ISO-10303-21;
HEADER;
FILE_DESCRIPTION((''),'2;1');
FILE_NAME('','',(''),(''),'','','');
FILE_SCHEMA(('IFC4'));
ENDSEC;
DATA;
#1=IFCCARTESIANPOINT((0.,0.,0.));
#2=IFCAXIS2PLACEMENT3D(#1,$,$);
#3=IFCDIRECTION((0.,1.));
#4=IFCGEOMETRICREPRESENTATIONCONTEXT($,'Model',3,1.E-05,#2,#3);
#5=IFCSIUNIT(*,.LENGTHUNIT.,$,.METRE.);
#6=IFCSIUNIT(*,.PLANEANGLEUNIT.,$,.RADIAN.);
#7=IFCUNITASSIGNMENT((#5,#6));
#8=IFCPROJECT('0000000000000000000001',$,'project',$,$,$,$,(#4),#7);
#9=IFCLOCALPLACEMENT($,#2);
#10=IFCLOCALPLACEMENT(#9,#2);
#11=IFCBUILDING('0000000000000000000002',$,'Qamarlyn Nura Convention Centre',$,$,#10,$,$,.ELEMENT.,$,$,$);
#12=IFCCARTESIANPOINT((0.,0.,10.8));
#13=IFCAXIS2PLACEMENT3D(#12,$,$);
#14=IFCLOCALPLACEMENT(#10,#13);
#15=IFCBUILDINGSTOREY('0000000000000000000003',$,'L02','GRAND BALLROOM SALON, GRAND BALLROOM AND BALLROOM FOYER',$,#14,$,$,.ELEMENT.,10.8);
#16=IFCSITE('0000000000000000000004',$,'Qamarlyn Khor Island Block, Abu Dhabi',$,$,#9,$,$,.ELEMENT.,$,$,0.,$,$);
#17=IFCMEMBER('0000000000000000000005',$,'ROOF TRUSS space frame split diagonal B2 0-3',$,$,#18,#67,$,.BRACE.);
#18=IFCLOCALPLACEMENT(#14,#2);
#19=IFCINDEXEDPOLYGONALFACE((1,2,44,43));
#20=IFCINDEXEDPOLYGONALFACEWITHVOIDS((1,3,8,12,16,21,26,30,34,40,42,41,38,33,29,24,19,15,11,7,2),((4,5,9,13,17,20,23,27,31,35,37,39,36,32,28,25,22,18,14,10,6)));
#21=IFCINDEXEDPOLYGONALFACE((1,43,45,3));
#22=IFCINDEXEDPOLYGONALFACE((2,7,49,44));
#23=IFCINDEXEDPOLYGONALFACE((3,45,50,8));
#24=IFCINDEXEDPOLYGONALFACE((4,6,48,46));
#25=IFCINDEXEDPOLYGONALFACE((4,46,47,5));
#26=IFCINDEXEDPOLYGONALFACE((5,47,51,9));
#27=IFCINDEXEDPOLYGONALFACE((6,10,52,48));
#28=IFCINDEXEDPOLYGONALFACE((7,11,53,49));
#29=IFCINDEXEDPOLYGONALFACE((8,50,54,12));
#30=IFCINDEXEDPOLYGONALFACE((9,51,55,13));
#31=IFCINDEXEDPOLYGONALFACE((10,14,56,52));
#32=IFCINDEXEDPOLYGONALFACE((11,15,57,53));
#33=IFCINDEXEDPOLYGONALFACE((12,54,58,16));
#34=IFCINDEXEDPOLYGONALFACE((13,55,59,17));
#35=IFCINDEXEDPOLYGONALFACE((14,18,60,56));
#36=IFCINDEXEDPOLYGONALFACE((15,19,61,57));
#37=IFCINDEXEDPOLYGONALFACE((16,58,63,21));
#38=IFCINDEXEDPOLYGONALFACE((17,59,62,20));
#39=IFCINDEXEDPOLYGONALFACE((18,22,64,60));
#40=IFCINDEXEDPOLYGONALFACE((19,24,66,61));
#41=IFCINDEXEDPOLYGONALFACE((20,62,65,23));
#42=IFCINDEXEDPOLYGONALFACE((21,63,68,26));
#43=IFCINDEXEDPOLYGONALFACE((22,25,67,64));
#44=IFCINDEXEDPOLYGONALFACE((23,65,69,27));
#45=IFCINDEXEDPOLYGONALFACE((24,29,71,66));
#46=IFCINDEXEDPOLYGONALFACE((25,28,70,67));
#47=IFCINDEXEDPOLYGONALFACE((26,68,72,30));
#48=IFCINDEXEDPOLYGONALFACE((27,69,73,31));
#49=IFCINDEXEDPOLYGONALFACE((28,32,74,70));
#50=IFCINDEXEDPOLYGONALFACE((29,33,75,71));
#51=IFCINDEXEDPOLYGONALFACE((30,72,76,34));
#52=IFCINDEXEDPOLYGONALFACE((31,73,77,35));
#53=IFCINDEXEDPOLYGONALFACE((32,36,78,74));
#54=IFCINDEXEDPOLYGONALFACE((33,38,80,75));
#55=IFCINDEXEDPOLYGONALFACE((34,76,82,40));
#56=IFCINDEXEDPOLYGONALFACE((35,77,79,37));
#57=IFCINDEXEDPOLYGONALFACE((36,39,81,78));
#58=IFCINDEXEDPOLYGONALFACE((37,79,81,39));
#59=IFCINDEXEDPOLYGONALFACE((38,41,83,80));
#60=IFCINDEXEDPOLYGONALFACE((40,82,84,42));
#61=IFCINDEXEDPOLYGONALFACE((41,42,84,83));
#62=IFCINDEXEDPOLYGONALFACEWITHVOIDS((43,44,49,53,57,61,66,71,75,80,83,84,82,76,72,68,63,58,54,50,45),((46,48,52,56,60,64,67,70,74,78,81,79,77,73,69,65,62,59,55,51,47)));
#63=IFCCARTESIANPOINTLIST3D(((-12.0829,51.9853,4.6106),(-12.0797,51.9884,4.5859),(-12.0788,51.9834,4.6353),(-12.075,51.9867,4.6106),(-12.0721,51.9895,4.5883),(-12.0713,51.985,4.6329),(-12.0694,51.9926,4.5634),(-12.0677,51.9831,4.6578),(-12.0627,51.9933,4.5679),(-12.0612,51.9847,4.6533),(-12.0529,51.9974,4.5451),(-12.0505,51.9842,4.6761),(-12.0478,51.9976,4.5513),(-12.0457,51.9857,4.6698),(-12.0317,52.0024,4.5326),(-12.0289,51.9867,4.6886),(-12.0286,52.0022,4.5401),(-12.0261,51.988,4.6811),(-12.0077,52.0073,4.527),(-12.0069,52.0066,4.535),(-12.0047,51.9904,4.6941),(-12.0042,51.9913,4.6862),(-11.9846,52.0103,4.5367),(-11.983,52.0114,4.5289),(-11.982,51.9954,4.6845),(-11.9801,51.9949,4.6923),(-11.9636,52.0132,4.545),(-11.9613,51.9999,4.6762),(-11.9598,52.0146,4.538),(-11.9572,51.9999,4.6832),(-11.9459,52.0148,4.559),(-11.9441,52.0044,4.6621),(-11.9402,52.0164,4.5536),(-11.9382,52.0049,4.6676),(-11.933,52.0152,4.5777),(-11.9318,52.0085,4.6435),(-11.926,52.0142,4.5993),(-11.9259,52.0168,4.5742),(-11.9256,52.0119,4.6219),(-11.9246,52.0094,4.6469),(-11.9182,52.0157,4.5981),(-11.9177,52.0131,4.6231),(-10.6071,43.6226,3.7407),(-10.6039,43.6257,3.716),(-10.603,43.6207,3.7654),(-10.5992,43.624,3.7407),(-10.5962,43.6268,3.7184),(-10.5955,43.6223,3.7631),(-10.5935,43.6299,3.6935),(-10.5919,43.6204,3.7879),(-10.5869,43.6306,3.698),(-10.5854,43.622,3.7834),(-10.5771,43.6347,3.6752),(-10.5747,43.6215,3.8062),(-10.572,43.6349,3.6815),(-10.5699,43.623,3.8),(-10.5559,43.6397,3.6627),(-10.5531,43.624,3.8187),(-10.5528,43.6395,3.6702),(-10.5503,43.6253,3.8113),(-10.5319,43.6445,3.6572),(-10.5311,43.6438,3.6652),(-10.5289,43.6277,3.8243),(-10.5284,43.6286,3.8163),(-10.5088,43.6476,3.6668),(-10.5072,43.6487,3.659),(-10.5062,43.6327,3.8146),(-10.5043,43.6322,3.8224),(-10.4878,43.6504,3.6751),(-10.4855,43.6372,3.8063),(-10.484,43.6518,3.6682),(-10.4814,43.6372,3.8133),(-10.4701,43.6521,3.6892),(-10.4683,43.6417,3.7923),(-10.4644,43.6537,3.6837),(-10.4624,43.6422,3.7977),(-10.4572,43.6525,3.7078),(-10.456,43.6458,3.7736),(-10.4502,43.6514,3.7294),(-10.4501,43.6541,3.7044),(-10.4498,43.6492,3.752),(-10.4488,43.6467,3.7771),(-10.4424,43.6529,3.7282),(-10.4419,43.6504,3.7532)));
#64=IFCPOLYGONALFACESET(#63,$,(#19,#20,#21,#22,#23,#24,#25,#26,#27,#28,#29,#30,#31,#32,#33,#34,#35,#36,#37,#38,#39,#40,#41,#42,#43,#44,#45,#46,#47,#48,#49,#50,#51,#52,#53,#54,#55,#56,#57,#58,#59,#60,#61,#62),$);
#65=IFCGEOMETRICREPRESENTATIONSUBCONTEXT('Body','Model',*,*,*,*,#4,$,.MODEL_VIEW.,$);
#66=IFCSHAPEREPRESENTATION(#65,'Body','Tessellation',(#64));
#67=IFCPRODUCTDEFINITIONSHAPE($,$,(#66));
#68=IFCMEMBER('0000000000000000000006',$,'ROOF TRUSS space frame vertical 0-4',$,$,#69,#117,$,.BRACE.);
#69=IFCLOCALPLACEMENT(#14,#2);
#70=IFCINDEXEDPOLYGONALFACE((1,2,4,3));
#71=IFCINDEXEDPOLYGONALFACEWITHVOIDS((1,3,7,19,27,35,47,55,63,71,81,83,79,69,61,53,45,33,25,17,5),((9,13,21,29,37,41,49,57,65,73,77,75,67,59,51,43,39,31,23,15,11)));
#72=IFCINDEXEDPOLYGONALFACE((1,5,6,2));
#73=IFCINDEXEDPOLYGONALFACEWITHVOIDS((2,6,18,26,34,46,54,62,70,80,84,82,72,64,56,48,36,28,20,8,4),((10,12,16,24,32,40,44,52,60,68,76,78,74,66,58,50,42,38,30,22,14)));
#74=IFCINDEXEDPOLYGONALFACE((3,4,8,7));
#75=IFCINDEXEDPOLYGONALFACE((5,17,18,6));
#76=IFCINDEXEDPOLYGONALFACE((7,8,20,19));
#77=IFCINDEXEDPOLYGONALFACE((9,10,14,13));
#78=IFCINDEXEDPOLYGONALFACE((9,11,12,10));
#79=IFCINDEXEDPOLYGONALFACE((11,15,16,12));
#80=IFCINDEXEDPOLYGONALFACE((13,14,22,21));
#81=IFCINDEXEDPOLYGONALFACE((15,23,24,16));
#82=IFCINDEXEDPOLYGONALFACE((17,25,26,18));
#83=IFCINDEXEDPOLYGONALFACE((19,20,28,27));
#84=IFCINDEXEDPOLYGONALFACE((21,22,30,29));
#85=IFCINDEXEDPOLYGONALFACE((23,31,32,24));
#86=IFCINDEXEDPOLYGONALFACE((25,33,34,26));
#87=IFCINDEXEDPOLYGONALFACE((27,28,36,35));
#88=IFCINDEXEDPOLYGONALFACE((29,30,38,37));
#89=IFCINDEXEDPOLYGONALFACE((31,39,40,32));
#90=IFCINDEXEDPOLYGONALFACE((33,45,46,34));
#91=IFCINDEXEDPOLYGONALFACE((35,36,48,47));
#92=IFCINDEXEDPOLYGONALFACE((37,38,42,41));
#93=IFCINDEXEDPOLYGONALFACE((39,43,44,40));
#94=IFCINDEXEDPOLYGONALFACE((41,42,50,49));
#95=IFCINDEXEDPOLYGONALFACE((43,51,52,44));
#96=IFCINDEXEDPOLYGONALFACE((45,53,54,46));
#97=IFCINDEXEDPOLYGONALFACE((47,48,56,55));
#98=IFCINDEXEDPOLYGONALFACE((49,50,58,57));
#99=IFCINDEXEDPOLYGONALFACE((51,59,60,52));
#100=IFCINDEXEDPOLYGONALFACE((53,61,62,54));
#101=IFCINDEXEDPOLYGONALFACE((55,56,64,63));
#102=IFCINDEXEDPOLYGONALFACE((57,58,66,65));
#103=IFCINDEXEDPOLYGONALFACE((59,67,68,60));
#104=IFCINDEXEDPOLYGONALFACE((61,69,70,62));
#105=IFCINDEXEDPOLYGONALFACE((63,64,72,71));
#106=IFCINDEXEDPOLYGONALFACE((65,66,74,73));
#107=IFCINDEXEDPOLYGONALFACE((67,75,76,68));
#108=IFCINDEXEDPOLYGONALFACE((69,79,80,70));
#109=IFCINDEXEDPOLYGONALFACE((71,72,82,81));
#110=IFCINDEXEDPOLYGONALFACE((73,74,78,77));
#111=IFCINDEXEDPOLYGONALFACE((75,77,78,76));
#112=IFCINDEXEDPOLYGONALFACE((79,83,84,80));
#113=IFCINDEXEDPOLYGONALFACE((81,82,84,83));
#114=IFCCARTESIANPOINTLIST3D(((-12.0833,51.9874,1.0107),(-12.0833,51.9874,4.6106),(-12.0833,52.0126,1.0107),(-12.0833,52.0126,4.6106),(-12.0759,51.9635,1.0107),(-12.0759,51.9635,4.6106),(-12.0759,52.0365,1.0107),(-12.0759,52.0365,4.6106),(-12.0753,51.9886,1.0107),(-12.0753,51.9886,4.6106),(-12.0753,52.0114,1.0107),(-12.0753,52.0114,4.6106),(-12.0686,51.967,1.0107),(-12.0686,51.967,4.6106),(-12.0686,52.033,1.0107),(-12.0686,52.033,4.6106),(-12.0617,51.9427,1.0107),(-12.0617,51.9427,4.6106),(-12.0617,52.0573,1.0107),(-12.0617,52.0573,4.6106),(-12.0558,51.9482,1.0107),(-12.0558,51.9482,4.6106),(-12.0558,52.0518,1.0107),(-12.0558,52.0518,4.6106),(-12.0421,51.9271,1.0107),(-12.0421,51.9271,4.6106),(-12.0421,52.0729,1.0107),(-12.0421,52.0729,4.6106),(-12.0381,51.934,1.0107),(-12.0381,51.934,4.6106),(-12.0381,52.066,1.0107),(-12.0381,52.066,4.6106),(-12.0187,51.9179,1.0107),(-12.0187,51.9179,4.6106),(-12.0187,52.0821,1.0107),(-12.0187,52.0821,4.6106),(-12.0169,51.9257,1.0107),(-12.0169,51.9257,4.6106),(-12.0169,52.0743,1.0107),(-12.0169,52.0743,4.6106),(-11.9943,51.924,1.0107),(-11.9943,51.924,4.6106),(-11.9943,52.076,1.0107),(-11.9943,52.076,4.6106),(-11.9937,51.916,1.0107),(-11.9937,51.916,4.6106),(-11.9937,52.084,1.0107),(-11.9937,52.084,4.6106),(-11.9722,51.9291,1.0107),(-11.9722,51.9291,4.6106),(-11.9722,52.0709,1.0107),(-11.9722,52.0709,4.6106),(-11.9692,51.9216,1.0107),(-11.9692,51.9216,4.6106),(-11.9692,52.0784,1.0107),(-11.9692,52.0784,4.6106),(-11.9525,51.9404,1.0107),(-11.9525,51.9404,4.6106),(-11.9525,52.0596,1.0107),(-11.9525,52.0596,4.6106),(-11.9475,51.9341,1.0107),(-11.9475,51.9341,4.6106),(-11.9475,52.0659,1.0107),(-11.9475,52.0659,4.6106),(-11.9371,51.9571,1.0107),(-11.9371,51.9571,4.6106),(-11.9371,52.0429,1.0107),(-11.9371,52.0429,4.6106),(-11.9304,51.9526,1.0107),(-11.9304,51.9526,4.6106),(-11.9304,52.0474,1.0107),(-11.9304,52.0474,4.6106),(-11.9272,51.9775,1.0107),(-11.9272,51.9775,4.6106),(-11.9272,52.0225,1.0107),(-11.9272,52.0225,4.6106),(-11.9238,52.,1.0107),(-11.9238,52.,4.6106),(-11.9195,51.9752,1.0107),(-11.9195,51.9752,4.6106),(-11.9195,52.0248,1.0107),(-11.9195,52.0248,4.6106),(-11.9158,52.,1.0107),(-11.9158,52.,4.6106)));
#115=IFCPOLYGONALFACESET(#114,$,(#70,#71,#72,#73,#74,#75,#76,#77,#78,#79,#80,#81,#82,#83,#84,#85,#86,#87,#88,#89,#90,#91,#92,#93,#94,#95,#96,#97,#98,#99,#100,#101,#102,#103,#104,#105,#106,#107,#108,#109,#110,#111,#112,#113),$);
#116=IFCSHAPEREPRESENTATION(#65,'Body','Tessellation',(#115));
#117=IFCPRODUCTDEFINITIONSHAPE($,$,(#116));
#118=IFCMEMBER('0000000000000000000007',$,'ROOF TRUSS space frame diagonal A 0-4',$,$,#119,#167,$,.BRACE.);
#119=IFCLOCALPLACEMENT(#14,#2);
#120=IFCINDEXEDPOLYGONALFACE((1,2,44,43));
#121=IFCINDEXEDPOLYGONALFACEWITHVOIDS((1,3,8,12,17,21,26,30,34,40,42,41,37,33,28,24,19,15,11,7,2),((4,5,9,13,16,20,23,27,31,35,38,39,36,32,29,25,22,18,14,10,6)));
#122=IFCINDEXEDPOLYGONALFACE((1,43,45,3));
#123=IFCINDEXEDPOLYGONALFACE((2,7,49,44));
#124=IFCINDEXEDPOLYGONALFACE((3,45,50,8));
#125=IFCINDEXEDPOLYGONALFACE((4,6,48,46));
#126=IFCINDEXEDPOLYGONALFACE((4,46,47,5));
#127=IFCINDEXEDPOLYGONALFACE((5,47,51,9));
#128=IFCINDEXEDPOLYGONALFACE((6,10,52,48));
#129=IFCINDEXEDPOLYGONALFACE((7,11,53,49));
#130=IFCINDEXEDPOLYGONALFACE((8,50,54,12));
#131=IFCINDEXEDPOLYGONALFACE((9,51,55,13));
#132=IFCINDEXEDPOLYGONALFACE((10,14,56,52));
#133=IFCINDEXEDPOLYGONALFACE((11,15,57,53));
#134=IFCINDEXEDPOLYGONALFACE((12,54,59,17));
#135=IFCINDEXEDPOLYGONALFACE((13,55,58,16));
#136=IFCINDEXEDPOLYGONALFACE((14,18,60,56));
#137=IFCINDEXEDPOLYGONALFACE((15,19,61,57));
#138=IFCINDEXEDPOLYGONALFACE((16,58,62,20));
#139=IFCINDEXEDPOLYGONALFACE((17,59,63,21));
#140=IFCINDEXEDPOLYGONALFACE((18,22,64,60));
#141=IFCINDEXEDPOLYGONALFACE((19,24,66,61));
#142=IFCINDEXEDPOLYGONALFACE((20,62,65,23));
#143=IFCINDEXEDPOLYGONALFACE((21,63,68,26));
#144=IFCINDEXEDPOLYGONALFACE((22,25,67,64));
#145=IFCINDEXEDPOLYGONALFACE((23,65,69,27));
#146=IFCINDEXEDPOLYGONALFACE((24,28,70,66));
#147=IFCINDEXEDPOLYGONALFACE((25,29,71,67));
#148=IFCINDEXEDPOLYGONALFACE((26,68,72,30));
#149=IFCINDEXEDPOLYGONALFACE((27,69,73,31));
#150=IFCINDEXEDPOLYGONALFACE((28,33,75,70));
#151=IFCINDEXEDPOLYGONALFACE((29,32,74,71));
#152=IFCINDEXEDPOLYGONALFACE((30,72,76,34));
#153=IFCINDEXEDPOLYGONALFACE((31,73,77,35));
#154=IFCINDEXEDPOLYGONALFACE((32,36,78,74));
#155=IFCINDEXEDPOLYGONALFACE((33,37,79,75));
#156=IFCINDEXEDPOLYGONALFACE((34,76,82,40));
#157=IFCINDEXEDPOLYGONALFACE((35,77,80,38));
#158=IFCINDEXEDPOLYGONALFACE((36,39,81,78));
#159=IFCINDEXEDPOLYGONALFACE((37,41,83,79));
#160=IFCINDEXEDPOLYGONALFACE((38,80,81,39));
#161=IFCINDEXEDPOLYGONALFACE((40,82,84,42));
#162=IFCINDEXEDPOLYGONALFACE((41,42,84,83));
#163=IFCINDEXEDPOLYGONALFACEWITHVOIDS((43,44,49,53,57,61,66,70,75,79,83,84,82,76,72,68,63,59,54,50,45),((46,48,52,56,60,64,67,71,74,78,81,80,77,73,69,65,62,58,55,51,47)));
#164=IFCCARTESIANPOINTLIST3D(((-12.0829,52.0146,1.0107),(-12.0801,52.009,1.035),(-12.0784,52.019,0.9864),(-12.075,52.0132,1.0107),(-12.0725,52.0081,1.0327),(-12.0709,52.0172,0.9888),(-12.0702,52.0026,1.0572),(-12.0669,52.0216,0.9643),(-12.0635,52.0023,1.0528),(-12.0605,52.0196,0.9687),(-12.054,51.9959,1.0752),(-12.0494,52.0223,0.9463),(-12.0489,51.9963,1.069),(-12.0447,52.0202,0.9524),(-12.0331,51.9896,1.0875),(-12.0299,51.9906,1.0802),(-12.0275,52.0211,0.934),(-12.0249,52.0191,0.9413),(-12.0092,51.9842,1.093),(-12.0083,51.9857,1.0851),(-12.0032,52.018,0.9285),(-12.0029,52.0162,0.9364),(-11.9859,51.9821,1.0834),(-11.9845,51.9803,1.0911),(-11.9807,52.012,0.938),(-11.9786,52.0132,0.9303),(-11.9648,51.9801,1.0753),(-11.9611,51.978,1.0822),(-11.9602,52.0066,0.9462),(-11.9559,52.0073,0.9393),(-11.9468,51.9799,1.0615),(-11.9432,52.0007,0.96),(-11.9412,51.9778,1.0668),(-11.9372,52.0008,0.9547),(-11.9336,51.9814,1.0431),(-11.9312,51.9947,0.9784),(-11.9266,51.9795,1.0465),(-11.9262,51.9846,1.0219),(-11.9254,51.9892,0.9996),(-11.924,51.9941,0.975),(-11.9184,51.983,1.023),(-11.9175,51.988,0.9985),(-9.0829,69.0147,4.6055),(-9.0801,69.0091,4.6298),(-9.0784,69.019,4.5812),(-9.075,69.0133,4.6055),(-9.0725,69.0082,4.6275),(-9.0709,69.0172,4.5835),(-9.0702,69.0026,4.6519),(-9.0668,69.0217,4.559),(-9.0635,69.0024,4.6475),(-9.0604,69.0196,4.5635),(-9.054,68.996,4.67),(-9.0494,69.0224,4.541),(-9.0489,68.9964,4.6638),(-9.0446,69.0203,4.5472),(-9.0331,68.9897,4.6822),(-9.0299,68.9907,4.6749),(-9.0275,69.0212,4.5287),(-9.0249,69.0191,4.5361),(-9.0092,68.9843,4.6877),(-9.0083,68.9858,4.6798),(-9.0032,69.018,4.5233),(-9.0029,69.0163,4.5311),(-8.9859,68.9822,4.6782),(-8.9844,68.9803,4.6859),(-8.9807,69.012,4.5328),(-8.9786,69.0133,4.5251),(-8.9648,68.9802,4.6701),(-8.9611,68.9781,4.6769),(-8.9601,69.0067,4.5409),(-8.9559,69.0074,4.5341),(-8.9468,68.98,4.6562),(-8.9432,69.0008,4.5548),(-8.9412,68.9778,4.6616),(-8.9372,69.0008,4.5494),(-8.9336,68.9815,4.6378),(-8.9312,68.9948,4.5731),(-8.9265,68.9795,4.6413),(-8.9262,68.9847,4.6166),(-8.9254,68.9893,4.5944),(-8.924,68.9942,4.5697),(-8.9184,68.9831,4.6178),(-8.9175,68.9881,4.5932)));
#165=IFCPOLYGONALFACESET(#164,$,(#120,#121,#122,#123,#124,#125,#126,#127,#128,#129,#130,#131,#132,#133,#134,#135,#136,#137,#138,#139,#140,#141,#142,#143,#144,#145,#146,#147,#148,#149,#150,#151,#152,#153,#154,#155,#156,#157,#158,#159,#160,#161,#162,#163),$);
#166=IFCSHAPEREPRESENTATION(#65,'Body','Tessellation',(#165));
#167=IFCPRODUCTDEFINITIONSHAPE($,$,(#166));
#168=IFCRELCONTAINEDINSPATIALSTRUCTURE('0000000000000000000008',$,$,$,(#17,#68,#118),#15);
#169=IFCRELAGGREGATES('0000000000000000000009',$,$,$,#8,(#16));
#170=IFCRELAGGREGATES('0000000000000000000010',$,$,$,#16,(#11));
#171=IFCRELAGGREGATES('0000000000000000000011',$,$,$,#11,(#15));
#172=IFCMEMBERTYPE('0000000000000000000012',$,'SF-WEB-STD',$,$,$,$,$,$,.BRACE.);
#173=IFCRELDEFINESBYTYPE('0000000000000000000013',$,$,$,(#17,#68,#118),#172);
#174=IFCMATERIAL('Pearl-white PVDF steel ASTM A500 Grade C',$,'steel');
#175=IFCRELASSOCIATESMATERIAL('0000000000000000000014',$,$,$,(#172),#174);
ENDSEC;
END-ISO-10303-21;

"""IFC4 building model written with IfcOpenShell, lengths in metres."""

from ifc_helpers import new_model, si_unit, direction, frame, origin, origin_2d, place, context, subcontext, project, spatial, hollow_circle, extrude, material, material_profile, profile_set, type_object, element, save


model = new_model("IFC4")

# Units and contexts
model_context = context("Model", 3, precision=1e-05, world=origin(), true_north=direction((0.0, 1.0)))
body_context = subcontext(model_context, "Body", "Model", "MODEL_VIEW")
ifc_project = project(units=[si_unit("LENGTHUNIT", "METRE"), si_unit("PLANEANGLEUNIT", "RADIAN")], contexts=[model_context])

# Site, building, storey
site_placement = place(None, origin())
site = spatial("IfcSite", under=ifc_project, at=site_placement, Name="Qamarlyn Khor Island Block, Abu Dhabi", CompositionType="ELEMENT", RefElevation=0.0)
building_placement = place(site_placement, origin())
building = spatial("IfcBuilding", under=site, at=building_placement, Name="Qamarlyn Nura Convention Centre", CompositionType="ELEMENT")
storey_placement = place(building_placement, frame((0.0, 0.0, 10.8)))
storey = spatial("IfcBuildingStorey", under=building, at=storey_placement, Name="L02", Description="GRAND BALLROOM SALON, GRAND BALLROOM AND BALLROOM FOYER", CompositionType="ELEMENT", Elevation=10.8)

# Members
ifc_material_1 = material(Name="Pearl-white PVDF steel ASTM A500 Grade C", Category="steel")
ifc_material_profile_1 = material_profile(ifc_material_1, hollow_circle(Radius=0.0842, WallThickness=0.0081, at=origin_2d()), Name="CHS168.3X8")
ifc_profile_set_1 = profile_set([ifc_material_profile_1], Name="Pearl-white PVDF steel ASTM A500 Grade C")
member_type_1 = type_object("IfcMemberType", Name="SF-WEB-STD", PredefinedType="BRACE", material=ifc_profile_set_1)
member_1_placement = place(storey_placement, frame((-10.5242, 43.6372, 3.7407), z_axis=(-0.172886, 0.979656, 0.101901), x_axis=(-0.984783, -0.17379, 0.0)))
element("IfcMember", 1, at=member_1_placement, inside=storey, type_object=member_type_1, Name="ROOF TRUSS space frame split diagonal B2 0-3", PredefinedType="BRACE", context=body_context, shape_type="SweptSolid", body=[
    extrude(hollow_circle(Radius=0.0842, WallThickness=0.0081, at=origin_2d()), origin(), (0.0, 0.0, 1.0), 8.5364),
])
member_2_placement = place(storey_placement, frame((-12.0, 52.0, 1.0107), z_axis=(0.0, 0.0, 1.0), x_axis=(1.0, 0.0, 0.0)))
element("IfcMember", 2, at=member_2_placement, inside=storey, type_object=member_type_1, Name="ROOF TRUSS space frame vertical 0-4", PredefinedType="BRACE", context=body_context, shape_type="SweptSolid", body=[
    extrude(hollow_circle(Radius=0.0842, WallThickness=0.0081, at=origin_2d()), origin(), (0.0, 0.0, 1.0), 3.5999),
])
member_3_placement = place(storey_placement, frame((-12.0, 52.0, 1.0107), z_axis=(0.170136, 0.964102, 0.203864), x_axis=(-0.984784, 0.173785, 0.0)))
element("IfcMember", 3, at=member_3_placement, inside=storey, type_object=member_type_1, Name="ROOF TRUSS space frame diagonal A 0-4", PredefinedType="BRACE", context=body_context, shape_type="SweptSolid", body=[
    extrude(hollow_circle(Radius=0.0842, WallThickness=0.0081, at=origin_2d()), origin(), (0.0, 0.0, 1.0), 17.6331),
])

save(model, "model.ifc")
